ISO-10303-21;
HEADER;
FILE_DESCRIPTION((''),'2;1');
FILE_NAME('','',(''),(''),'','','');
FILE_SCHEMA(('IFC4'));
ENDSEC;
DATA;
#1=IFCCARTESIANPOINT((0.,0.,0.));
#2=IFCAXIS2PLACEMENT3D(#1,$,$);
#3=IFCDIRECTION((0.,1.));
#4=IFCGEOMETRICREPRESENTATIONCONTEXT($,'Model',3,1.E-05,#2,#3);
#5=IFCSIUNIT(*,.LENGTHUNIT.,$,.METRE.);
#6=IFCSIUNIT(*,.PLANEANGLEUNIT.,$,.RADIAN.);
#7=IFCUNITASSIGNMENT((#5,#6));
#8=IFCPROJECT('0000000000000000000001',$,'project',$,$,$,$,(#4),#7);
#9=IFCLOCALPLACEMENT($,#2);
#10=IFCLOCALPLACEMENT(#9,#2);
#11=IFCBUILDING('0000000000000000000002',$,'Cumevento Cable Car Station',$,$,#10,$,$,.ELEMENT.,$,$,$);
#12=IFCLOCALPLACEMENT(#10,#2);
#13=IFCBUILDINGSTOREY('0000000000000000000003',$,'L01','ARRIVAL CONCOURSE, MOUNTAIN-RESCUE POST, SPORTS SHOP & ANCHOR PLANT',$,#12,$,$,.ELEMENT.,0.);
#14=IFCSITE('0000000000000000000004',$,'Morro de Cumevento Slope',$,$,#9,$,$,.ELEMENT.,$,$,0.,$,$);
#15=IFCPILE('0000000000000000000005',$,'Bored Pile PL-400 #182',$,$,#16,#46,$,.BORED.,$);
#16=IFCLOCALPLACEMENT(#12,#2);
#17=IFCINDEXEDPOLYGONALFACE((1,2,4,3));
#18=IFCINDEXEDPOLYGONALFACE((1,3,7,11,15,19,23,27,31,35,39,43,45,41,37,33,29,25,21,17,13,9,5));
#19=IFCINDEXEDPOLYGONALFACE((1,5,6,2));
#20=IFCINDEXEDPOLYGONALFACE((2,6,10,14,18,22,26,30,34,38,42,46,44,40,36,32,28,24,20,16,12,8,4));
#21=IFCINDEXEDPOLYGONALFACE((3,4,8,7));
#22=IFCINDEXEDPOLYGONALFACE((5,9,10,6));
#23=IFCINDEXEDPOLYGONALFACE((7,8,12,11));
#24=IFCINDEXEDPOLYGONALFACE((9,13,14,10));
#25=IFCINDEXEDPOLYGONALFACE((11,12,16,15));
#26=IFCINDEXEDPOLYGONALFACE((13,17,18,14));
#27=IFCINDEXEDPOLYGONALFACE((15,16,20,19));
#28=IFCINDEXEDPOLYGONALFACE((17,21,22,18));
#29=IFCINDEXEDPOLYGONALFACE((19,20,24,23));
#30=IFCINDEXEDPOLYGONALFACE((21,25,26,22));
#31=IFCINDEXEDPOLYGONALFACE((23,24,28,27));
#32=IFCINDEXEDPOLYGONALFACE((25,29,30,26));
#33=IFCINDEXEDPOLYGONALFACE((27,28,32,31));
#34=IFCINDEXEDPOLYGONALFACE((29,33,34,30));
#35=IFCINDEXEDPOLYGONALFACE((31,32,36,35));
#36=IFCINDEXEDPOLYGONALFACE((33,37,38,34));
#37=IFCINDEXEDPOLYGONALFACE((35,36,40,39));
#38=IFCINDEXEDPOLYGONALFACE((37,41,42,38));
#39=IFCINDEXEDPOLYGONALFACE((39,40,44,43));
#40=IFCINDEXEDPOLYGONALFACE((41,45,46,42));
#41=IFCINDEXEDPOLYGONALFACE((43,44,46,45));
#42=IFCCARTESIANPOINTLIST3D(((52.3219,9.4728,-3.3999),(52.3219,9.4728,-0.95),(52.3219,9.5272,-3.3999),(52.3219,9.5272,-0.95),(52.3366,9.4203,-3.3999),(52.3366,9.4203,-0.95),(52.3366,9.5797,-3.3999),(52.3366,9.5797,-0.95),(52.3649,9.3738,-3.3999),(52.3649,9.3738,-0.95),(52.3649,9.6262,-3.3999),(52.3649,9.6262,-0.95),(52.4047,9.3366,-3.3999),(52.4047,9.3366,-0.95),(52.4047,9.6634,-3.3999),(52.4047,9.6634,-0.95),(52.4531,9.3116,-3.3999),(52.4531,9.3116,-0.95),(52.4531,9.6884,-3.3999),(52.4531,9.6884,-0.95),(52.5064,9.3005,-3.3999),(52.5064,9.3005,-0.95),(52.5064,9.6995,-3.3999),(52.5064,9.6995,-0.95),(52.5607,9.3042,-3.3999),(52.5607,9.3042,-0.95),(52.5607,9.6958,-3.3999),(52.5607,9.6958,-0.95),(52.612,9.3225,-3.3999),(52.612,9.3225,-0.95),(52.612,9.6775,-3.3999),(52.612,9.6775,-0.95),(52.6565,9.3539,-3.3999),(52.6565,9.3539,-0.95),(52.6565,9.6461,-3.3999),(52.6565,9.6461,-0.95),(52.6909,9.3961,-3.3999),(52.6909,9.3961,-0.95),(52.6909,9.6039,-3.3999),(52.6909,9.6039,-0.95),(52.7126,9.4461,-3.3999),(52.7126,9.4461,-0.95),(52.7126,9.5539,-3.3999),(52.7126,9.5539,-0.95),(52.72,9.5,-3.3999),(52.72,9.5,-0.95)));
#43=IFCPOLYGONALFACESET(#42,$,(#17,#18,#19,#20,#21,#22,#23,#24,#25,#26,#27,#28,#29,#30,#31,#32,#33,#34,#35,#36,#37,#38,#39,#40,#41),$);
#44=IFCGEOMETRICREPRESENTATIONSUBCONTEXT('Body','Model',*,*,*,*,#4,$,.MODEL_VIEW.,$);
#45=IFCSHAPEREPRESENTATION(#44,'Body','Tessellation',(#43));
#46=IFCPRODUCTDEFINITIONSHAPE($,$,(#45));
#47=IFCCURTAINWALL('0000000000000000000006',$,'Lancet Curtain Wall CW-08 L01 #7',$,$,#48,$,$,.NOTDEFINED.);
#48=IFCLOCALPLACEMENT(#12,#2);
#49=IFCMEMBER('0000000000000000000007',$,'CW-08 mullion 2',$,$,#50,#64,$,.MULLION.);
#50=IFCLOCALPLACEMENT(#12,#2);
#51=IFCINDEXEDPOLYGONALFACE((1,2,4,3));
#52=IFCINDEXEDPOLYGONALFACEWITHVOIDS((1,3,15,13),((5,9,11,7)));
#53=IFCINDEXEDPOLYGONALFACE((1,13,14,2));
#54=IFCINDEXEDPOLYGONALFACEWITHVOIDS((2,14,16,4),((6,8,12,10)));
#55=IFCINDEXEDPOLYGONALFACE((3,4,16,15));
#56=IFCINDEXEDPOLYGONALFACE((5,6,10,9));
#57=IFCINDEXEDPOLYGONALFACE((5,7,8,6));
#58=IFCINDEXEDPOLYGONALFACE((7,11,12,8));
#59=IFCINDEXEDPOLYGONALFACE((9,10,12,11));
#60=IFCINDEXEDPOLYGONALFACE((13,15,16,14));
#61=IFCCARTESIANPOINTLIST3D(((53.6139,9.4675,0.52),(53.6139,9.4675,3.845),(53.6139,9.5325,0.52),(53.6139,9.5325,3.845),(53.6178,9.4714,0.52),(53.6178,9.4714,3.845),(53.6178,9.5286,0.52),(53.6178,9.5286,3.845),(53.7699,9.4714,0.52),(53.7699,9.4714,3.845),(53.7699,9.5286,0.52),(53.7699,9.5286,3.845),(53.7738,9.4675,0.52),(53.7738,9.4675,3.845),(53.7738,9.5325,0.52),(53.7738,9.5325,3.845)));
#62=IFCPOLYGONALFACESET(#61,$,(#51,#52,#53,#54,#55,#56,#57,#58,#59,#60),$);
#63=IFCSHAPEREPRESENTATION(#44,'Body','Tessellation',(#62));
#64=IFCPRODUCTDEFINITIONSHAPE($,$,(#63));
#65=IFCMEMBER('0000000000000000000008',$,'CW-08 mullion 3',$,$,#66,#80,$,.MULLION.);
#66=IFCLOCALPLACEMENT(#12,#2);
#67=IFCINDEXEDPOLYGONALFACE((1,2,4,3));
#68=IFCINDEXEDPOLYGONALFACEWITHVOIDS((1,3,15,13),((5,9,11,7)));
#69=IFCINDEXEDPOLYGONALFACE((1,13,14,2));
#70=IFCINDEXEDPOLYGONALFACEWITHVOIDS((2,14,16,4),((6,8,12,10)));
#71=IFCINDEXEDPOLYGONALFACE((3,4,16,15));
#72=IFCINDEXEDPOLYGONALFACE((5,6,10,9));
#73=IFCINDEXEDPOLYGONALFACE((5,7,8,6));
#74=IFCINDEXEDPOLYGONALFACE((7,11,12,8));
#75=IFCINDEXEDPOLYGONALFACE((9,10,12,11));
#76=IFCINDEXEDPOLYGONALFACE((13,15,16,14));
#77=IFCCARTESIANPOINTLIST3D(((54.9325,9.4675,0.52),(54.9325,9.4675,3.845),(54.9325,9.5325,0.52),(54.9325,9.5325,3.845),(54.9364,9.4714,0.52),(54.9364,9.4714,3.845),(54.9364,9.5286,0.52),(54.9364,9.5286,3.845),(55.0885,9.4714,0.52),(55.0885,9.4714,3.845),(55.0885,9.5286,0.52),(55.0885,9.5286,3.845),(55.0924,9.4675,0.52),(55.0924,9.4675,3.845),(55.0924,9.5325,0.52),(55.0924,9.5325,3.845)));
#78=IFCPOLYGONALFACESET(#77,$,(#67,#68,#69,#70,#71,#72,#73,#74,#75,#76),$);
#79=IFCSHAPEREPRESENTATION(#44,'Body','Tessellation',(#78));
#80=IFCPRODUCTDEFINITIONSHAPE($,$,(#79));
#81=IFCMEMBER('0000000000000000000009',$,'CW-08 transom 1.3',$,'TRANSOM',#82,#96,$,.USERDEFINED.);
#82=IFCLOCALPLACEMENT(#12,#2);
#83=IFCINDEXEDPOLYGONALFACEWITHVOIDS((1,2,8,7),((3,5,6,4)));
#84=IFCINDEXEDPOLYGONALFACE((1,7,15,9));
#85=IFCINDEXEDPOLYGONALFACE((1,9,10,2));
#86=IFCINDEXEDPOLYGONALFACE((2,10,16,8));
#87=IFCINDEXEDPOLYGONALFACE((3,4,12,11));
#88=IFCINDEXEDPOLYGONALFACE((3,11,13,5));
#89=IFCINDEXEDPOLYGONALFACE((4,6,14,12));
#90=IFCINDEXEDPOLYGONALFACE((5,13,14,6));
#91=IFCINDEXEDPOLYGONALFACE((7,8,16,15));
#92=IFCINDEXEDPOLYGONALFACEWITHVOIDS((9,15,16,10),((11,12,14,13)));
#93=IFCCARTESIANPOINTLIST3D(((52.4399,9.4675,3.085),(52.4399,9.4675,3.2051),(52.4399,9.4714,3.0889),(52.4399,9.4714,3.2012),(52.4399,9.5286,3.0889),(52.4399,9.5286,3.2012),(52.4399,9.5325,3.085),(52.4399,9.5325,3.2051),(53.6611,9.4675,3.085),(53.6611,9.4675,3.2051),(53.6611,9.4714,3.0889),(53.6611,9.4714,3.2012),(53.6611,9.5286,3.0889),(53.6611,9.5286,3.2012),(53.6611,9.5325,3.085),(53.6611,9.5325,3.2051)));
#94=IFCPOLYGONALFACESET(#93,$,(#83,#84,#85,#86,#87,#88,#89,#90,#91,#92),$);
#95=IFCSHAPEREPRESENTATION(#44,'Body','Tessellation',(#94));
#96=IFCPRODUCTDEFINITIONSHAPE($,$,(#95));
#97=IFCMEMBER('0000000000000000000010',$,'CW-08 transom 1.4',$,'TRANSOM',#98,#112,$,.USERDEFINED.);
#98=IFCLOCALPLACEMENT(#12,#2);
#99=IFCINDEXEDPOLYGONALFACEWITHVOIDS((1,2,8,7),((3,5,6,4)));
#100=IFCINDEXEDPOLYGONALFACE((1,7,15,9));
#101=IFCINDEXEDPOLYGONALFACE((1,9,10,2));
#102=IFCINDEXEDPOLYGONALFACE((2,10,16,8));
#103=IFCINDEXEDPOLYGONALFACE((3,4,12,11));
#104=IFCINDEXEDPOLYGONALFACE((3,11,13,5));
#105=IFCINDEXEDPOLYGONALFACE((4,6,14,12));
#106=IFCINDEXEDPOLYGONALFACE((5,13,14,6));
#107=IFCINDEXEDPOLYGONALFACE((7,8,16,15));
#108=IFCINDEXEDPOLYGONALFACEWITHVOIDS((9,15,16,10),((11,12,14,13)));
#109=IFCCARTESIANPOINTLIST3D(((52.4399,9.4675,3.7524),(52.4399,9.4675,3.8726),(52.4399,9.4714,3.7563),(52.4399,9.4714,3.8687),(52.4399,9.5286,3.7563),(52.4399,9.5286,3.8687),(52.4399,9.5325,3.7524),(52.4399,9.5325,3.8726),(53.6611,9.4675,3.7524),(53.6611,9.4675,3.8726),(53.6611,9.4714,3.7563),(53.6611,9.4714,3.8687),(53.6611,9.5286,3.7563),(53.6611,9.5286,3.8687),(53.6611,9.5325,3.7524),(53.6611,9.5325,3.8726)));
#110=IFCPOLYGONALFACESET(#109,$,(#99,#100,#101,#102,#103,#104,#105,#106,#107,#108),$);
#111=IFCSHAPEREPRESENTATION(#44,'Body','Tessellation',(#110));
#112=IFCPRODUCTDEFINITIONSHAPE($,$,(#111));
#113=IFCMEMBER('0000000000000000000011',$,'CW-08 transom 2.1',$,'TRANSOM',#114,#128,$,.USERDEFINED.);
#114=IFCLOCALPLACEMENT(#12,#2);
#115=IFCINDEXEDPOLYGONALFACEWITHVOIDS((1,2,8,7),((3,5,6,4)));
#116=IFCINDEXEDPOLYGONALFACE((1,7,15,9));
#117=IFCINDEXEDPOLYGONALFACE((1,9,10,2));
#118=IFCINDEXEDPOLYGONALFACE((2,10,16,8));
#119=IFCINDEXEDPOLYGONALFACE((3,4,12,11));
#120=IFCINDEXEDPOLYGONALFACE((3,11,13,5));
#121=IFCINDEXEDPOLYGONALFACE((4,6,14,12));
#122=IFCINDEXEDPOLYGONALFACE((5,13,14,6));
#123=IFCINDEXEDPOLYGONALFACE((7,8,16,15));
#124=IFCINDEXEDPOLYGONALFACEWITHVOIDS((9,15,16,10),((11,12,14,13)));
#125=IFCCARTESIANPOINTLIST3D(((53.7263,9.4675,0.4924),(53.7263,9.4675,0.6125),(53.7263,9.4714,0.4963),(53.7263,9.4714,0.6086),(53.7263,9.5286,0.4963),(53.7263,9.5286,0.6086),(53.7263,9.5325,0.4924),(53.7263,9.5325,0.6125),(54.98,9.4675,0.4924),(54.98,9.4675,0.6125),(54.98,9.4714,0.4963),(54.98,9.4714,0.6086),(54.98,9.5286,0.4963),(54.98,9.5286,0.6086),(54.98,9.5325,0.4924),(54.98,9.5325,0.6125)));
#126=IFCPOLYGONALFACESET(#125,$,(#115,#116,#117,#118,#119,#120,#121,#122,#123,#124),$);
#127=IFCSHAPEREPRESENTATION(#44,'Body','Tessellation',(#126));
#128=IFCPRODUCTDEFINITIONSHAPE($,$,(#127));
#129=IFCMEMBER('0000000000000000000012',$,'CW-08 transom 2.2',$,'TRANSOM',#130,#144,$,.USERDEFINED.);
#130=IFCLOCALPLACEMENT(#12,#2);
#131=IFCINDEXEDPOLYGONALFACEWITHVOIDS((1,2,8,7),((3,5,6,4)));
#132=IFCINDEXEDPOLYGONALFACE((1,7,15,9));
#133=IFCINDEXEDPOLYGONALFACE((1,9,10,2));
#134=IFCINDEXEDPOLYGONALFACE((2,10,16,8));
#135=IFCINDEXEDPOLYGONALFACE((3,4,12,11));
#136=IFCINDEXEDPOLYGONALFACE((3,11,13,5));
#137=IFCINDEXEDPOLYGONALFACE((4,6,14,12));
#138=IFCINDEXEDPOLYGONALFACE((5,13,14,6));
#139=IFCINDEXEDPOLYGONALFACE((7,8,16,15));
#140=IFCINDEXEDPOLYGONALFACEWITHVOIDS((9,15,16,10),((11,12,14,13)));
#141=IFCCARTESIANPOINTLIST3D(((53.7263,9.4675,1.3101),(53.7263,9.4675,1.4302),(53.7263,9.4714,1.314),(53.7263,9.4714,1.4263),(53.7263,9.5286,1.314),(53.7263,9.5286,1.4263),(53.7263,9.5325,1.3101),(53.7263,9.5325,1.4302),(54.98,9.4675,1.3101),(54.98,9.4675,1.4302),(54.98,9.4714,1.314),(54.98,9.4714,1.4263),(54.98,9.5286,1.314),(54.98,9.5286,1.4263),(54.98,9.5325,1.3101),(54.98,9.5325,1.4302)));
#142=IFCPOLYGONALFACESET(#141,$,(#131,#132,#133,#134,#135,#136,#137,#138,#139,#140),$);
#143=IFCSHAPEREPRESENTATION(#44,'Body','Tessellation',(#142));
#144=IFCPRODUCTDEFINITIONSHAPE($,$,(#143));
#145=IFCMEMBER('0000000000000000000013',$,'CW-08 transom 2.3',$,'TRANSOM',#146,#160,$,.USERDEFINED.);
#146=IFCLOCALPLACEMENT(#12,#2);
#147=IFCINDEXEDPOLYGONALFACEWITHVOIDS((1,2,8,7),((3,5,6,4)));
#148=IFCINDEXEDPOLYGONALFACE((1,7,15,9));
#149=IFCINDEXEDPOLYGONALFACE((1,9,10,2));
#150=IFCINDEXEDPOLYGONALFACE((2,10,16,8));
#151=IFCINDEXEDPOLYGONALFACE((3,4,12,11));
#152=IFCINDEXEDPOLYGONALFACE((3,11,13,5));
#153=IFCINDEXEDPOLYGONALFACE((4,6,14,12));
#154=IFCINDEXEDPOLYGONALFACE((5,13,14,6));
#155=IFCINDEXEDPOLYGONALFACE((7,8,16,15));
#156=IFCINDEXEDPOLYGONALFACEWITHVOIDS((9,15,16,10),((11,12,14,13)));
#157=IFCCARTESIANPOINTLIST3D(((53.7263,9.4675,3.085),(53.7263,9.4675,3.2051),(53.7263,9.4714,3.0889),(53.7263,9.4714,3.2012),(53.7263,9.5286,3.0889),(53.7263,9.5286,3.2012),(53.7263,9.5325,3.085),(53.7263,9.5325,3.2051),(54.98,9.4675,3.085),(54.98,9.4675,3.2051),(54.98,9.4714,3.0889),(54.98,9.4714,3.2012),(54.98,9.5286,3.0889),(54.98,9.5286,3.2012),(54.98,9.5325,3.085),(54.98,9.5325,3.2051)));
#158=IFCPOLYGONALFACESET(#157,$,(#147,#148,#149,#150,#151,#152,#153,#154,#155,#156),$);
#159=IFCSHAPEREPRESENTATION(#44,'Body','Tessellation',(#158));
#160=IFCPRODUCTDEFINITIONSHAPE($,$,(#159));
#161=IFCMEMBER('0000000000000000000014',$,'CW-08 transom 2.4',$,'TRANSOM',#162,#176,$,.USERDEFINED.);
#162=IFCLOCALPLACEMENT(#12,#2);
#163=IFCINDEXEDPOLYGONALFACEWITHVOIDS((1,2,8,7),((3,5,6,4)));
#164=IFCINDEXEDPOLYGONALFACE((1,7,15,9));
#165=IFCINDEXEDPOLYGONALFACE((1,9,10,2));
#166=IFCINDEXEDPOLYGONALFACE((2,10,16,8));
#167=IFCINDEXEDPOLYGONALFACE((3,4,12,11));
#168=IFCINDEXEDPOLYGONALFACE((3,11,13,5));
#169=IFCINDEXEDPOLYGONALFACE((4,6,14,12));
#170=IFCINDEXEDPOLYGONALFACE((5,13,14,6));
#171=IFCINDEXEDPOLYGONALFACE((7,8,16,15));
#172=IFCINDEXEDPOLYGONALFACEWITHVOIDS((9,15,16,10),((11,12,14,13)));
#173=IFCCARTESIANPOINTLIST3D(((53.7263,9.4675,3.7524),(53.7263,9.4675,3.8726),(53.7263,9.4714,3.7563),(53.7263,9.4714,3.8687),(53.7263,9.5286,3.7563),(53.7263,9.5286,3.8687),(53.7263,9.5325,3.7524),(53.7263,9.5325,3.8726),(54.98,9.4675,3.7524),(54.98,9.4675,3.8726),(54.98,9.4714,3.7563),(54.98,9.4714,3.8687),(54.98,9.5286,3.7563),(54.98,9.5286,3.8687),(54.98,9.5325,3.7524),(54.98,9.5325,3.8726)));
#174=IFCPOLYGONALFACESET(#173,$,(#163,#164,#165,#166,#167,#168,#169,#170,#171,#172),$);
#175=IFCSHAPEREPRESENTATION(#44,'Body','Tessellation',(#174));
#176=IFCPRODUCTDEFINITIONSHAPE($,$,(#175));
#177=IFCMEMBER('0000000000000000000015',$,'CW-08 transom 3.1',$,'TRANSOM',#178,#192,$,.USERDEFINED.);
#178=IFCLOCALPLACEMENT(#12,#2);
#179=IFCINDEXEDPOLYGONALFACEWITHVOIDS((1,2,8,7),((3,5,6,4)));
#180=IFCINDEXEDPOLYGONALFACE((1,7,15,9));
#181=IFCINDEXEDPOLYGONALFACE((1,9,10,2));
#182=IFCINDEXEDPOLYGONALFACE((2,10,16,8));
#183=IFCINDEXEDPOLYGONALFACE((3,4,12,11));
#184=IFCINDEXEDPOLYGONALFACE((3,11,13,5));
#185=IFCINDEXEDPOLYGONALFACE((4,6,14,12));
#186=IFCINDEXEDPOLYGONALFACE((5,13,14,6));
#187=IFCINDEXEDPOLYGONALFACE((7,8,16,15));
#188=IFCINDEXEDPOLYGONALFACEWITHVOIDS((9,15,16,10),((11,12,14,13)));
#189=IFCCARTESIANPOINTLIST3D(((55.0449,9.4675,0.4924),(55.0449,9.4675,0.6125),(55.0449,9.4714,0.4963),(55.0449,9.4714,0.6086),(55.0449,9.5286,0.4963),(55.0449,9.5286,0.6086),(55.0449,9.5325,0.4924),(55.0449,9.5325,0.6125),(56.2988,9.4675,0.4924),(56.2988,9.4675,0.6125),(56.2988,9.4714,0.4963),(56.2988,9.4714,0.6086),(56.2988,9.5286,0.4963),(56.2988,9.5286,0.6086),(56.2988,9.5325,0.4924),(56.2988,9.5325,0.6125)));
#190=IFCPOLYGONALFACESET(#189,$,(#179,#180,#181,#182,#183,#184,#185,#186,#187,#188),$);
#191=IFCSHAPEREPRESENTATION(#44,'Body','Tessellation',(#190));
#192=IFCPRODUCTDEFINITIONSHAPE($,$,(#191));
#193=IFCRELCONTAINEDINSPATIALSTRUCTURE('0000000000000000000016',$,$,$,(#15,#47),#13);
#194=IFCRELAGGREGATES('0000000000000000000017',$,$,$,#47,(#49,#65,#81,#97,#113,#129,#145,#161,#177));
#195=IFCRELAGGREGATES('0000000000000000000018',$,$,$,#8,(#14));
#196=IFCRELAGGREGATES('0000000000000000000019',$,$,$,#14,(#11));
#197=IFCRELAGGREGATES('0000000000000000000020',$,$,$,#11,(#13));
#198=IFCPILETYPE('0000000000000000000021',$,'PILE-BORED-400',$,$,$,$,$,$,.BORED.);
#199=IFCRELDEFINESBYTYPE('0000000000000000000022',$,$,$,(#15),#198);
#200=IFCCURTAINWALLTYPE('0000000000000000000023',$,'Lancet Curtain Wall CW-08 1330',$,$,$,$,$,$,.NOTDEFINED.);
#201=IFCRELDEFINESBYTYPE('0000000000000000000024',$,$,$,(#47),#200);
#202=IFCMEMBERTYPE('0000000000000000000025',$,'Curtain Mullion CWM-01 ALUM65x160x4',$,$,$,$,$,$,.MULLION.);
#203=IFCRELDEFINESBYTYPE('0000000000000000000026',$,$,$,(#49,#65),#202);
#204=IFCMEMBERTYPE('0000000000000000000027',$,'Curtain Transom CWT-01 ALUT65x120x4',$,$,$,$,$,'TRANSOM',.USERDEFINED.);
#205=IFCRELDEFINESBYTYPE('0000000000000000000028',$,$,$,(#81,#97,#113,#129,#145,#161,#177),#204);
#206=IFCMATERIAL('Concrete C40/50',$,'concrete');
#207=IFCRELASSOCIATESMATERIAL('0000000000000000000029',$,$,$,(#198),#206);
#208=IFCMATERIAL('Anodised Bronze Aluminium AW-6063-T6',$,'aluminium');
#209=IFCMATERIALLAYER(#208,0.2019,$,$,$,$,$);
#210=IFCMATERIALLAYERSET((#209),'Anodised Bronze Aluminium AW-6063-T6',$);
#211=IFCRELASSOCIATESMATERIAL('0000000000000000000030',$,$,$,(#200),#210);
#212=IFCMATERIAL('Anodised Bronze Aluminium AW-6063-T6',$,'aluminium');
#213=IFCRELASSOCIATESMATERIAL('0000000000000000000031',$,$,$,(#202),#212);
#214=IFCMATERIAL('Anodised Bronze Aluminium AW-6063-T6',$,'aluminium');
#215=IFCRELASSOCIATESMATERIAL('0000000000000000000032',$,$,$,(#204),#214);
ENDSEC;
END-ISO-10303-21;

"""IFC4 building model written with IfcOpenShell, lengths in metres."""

from ifc_helpers import new_model, si_unit, direction, frame, origin, origin_2d, place, context, subcontext, project, spatial, hollow_rectangle, circle, extrude, material, layer, layer_set, material_profile, profile_set, type_object, element, aggregate, save


model = new_model("IFC4")

# Units and contexts
model_context = context("Model", 3, precision=1e-05, world=origin(), true_north=direction((0.0, 1.0)))
body_context = subcontext(model_context, "Body", "Model", "MODEL_VIEW")
ifc_project = project(units=[si_unit("LENGTHUNIT", "METRE"), si_unit("PLANEANGLEUNIT", "RADIAN")], contexts=[model_context])

# Site, building, storey
site_placement = place(None, origin())
site = spatial("IfcSite", under=ifc_project, at=site_placement, Name="Morro de Cumevento Slope", CompositionType="ELEMENT", RefElevation=0.0)
building_placement = place(site_placement, origin())
building = spatial("IfcBuilding", under=site, at=building_placement, Name="Cumevento Cable Car Station", CompositionType="ELEMENT")
storey_placement = place(building_placement, origin())
storey = spatial("IfcBuildingStorey", under=building, at=storey_placement, Name="L01", Description="ARRIVAL CONCOURSE, MOUNTAIN-RESCUE POST, SPORTS SHOP & ANCHOR PLANT", CompositionType="ELEMENT", Elevation=0.0)

# Pile
ifc_material_1 = material(Name="Concrete C40/50", Category="concrete")
ifc_material_profile_1 = material_profile(ifc_material_1, circle(Radius=0.2, at=origin_2d()), Name="PILE-D400")
ifc_profile_set_1 = profile_set([ifc_material_profile_1], Name="Concrete C40/50")
pile_type = type_object("IfcPileType", Name="PILE-BORED-400", PredefinedType="BORED", material=ifc_profile_set_1)
pile_placement = place(storey_placement, frame((52.52, 9.5, -0.95), z_axis=(0.0, 0.0, -1.0), x_axis=(1.0, 0.0, 0.0)))
element("IfcPile", 1, at=pile_placement, inside=storey, type_object=pile_type, Name="Bored Pile PL-400 #182", PredefinedType="BORED", context=body_context, shape_type="SweptSolid", body=[
    extrude(circle(Radius=0.2, at=origin_2d()), origin(), (0.0, 0.0, 1.0), 2.45),
])

# Curtain wall, members
ifc_material_2 = material(Name="Anodised Bronze Aluminium AW-6063-T6", Category="aluminium")
ifc_layer_1 = layer(ifc_material_2, 0.2019)
ifc_layer_set_1 = layer_set([ifc_layer_1], Name="Anodised Bronze Aluminium AW-6063-T6")
curtain_wall_type = type_object("IfcCurtainWallType", Name="Lancet Curtain Wall CW-08 1330", PredefinedType="NOTDEFINED", material=ifc_layer_set_1)
curtain_wall_placement = place(storey_placement, origin())
curtain_wall = element("IfcCurtainWall", 2, at=curtain_wall_placement, inside=storey, type_object=curtain_wall_type, Name="Lancet Curtain Wall CW-08 L01 #7", PredefinedType="NOTDEFINED")
ifc_material_3 = material(Name="Anodised Bronze Aluminium AW-6063-T6", Category="aluminium")
ifc_material_profile_2 = material_profile(ifc_material_3, hollow_rectangle(XDim=0.0649, YDim=0.1599, WallThickness=0.0039, at=origin_2d()), Name="ALUM65x160x4")
ifc_profile_set_2 = profile_set([ifc_material_profile_2], Name="Anodised Bronze Aluminium AW-6063-T6")
member_type_1 = type_object("IfcMemberType", Name="Curtain Mullion CWM-01 ALUM65x160x4", PredefinedType="MULLION", material=ifc_profile_set_2)
member_1_placement = place(storey_placement, frame((53.6938, 9.5, 0.52), z_axis=(0.0, 0.0, 1.0), x_axis=(0.0, 1.0, 0.0)))
member_1 = element("IfcMember", 3, at=member_1_placement, type_object=member_type_1, Name="CW-08 mullion 2", PredefinedType="MULLION", context=body_context, shape_type="SweptSolid", body=[
    extrude(hollow_rectangle(XDim=0.0649, YDim=0.1599, WallThickness=0.0039, at=origin_2d()), origin(), (0.0, 0.0, 1.0), 3.325),
])
member_2_placement = place(storey_placement, frame((55.0125, 9.5, 0.52), z_axis=(0.0, 0.0, 1.0), x_axis=(0.0, 1.0, 0.0)))
member_2 = element("IfcMember", 4, at=member_2_placement, type_object=member_type_1, Name="CW-08 mullion 3", PredefinedType="MULLION", context=body_context, shape_type="SweptSolid", body=[
    extrude(hollow_rectangle(XDim=0.0649, YDim=0.1599, WallThickness=0.0039, at=origin_2d()), origin(), (0.0, 0.0, 1.0), 3.325),
])
ifc_material_4 = material(Name="Anodised Bronze Aluminium AW-6063-T6", Category="aluminium")
ifc_material_profile_3 = material_profile(ifc_material_4, hollow_rectangle(XDim=0.0649, YDim=0.1201, WallThickness=0.0039, at=origin_2d()), Name="ALUT65x120x4")
ifc_profile_set_3 = profile_set([ifc_material_profile_3], Name="Anodised Bronze Aluminium AW-6063-T6")
member_type_2 = type_object("IfcMemberType", Name="Curtain Transom CWT-01 ALUT65x120x4", ElementType="TRANSOM", PredefinedType="USERDEFINED", material=ifc_profile_set_3)
member_3_placement = place(storey_placement, frame((52.4399, 9.5, 3.145), z_axis=(1.0, 0.0, 0.0), x_axis=(0.0, 1.0, 0.0)))
member_3 = element("IfcMember", 5, at=member_3_placement, type_object=member_type_2, Name="CW-08 transom 1.3", ObjectType="TRANSOM", PredefinedType="USERDEFINED", context=body_context, shape_type="SweptSolid", body=[
    extrude(hollow_rectangle(XDim=0.0649, YDim=0.1201, WallThickness=0.0039, at=origin_2d()), origin(), (0.0, 0.0, 1.0), 1.2212),
])
member_4_placement = place(storey_placement, frame((52.4399, 9.5, 3.8125), z_axis=(1.0, 0.0, 0.0), x_axis=(0.0, 1.0, 0.0)))
member_4 = element("IfcMember", 6, at=member_4_placement, type_object=member_type_2, Name="CW-08 transom 1.4", ObjectType="TRANSOM", PredefinedType="USERDEFINED", context=body_context, shape_type="SweptSolid", body=[
    extrude(hollow_rectangle(XDim=0.0649, YDim=0.1201, WallThickness=0.0039, at=origin_2d()), origin(), (0.0, 0.0, 1.0), 1.2212),
])
member_5_placement = place(storey_placement, frame((53.7263, 9.5, 0.5525), z_axis=(1.0, 0.0, 0.0), x_axis=(0.0, 1.0, 0.0)))
member_5 = element("IfcMember", 7, at=member_5_placement, type_object=member_type_2, Name="CW-08 transom 2.1", ObjectType="TRANSOM", PredefinedType="USERDEFINED", context=body_context, shape_type="SweptSolid", body=[
    extrude(hollow_rectangle(XDim=0.0649, YDim=0.1201, WallThickness=0.0039, at=origin_2d()), origin(), (0.0, 0.0, 1.0), 1.2537),
])
member_6_placement = place(storey_placement, frame((53.7263, 9.5, 1.3701), z_axis=(1.0, 0.0, 0.0), x_axis=(0.0, 1.0, 0.0)))
member_6 = element("IfcMember", 8, at=member_6_placement, type_object=member_type_2, Name="CW-08 transom 2.2", ObjectType="TRANSOM", PredefinedType="USERDEFINED", context=body_context, shape_type="SweptSolid", body=[
    extrude(hollow_rectangle(XDim=0.0649, YDim=0.1201, WallThickness=0.0039, at=origin_2d()), origin(), (0.0, 0.0, 1.0), 1.2537),
])
member_7_placement = place(storey_placement, frame((53.7263, 9.5, 3.145), z_axis=(1.0, 0.0, 0.0), x_axis=(0.0, 1.0, 0.0)))
member_7 = element("IfcMember", 9, at=member_7_placement, type_object=member_type_2, Name="CW-08 transom 2.3", ObjectType="TRANSOM", PredefinedType="USERDEFINED", context=body_context, shape_type="SweptSolid", body=[
    extrude(hollow_rectangle(XDim=0.0649, YDim=0.1201, WallThickness=0.0039, at=origin_2d()), origin(), (0.0, 0.0, 1.0), 1.2537),
])
member_8_placement = place(storey_placement, frame((53.7263, 9.5, 3.8125), z_axis=(1.0, 0.0, 0.0), x_axis=(0.0, 1.0, 0.0)))
member_8 = element("IfcMember", 10, at=member_8_placement, type_object=member_type_2, Name="CW-08 transom 2.4", ObjectType="TRANSOM", PredefinedType="USERDEFINED", context=body_context, shape_type="SweptSolid", body=[
    extrude(hollow_rectangle(XDim=0.0649, YDim=0.1201, WallThickness=0.0039, at=origin_2d()), origin(), (0.0, 0.0, 1.0), 1.2537),
])
member_9_placement = place(storey_placement, frame((55.0449, 9.5, 0.5525), z_axis=(1.0, 0.0, 0.0), x_axis=(0.0, 1.0, 0.0)))
member_9 = element("IfcMember", 11, at=member_9_placement, type_object=member_type_2, Name="CW-08 transom 3.1", ObjectType="TRANSOM", PredefinedType="USERDEFINED", context=body_context, shape_type="SweptSolid", body=[
    extrude(hollow_rectangle(XDim=0.0649, YDim=0.1201, WallThickness=0.0039, at=origin_2d()), origin(), (0.0, 0.0, 1.0), 1.2539),
])
aggregate(curtain_wall, [member_1, member_2, member_3, member_4, member_5, member_6, member_7, member_8, member_9])

save(model, "model.ifc")
